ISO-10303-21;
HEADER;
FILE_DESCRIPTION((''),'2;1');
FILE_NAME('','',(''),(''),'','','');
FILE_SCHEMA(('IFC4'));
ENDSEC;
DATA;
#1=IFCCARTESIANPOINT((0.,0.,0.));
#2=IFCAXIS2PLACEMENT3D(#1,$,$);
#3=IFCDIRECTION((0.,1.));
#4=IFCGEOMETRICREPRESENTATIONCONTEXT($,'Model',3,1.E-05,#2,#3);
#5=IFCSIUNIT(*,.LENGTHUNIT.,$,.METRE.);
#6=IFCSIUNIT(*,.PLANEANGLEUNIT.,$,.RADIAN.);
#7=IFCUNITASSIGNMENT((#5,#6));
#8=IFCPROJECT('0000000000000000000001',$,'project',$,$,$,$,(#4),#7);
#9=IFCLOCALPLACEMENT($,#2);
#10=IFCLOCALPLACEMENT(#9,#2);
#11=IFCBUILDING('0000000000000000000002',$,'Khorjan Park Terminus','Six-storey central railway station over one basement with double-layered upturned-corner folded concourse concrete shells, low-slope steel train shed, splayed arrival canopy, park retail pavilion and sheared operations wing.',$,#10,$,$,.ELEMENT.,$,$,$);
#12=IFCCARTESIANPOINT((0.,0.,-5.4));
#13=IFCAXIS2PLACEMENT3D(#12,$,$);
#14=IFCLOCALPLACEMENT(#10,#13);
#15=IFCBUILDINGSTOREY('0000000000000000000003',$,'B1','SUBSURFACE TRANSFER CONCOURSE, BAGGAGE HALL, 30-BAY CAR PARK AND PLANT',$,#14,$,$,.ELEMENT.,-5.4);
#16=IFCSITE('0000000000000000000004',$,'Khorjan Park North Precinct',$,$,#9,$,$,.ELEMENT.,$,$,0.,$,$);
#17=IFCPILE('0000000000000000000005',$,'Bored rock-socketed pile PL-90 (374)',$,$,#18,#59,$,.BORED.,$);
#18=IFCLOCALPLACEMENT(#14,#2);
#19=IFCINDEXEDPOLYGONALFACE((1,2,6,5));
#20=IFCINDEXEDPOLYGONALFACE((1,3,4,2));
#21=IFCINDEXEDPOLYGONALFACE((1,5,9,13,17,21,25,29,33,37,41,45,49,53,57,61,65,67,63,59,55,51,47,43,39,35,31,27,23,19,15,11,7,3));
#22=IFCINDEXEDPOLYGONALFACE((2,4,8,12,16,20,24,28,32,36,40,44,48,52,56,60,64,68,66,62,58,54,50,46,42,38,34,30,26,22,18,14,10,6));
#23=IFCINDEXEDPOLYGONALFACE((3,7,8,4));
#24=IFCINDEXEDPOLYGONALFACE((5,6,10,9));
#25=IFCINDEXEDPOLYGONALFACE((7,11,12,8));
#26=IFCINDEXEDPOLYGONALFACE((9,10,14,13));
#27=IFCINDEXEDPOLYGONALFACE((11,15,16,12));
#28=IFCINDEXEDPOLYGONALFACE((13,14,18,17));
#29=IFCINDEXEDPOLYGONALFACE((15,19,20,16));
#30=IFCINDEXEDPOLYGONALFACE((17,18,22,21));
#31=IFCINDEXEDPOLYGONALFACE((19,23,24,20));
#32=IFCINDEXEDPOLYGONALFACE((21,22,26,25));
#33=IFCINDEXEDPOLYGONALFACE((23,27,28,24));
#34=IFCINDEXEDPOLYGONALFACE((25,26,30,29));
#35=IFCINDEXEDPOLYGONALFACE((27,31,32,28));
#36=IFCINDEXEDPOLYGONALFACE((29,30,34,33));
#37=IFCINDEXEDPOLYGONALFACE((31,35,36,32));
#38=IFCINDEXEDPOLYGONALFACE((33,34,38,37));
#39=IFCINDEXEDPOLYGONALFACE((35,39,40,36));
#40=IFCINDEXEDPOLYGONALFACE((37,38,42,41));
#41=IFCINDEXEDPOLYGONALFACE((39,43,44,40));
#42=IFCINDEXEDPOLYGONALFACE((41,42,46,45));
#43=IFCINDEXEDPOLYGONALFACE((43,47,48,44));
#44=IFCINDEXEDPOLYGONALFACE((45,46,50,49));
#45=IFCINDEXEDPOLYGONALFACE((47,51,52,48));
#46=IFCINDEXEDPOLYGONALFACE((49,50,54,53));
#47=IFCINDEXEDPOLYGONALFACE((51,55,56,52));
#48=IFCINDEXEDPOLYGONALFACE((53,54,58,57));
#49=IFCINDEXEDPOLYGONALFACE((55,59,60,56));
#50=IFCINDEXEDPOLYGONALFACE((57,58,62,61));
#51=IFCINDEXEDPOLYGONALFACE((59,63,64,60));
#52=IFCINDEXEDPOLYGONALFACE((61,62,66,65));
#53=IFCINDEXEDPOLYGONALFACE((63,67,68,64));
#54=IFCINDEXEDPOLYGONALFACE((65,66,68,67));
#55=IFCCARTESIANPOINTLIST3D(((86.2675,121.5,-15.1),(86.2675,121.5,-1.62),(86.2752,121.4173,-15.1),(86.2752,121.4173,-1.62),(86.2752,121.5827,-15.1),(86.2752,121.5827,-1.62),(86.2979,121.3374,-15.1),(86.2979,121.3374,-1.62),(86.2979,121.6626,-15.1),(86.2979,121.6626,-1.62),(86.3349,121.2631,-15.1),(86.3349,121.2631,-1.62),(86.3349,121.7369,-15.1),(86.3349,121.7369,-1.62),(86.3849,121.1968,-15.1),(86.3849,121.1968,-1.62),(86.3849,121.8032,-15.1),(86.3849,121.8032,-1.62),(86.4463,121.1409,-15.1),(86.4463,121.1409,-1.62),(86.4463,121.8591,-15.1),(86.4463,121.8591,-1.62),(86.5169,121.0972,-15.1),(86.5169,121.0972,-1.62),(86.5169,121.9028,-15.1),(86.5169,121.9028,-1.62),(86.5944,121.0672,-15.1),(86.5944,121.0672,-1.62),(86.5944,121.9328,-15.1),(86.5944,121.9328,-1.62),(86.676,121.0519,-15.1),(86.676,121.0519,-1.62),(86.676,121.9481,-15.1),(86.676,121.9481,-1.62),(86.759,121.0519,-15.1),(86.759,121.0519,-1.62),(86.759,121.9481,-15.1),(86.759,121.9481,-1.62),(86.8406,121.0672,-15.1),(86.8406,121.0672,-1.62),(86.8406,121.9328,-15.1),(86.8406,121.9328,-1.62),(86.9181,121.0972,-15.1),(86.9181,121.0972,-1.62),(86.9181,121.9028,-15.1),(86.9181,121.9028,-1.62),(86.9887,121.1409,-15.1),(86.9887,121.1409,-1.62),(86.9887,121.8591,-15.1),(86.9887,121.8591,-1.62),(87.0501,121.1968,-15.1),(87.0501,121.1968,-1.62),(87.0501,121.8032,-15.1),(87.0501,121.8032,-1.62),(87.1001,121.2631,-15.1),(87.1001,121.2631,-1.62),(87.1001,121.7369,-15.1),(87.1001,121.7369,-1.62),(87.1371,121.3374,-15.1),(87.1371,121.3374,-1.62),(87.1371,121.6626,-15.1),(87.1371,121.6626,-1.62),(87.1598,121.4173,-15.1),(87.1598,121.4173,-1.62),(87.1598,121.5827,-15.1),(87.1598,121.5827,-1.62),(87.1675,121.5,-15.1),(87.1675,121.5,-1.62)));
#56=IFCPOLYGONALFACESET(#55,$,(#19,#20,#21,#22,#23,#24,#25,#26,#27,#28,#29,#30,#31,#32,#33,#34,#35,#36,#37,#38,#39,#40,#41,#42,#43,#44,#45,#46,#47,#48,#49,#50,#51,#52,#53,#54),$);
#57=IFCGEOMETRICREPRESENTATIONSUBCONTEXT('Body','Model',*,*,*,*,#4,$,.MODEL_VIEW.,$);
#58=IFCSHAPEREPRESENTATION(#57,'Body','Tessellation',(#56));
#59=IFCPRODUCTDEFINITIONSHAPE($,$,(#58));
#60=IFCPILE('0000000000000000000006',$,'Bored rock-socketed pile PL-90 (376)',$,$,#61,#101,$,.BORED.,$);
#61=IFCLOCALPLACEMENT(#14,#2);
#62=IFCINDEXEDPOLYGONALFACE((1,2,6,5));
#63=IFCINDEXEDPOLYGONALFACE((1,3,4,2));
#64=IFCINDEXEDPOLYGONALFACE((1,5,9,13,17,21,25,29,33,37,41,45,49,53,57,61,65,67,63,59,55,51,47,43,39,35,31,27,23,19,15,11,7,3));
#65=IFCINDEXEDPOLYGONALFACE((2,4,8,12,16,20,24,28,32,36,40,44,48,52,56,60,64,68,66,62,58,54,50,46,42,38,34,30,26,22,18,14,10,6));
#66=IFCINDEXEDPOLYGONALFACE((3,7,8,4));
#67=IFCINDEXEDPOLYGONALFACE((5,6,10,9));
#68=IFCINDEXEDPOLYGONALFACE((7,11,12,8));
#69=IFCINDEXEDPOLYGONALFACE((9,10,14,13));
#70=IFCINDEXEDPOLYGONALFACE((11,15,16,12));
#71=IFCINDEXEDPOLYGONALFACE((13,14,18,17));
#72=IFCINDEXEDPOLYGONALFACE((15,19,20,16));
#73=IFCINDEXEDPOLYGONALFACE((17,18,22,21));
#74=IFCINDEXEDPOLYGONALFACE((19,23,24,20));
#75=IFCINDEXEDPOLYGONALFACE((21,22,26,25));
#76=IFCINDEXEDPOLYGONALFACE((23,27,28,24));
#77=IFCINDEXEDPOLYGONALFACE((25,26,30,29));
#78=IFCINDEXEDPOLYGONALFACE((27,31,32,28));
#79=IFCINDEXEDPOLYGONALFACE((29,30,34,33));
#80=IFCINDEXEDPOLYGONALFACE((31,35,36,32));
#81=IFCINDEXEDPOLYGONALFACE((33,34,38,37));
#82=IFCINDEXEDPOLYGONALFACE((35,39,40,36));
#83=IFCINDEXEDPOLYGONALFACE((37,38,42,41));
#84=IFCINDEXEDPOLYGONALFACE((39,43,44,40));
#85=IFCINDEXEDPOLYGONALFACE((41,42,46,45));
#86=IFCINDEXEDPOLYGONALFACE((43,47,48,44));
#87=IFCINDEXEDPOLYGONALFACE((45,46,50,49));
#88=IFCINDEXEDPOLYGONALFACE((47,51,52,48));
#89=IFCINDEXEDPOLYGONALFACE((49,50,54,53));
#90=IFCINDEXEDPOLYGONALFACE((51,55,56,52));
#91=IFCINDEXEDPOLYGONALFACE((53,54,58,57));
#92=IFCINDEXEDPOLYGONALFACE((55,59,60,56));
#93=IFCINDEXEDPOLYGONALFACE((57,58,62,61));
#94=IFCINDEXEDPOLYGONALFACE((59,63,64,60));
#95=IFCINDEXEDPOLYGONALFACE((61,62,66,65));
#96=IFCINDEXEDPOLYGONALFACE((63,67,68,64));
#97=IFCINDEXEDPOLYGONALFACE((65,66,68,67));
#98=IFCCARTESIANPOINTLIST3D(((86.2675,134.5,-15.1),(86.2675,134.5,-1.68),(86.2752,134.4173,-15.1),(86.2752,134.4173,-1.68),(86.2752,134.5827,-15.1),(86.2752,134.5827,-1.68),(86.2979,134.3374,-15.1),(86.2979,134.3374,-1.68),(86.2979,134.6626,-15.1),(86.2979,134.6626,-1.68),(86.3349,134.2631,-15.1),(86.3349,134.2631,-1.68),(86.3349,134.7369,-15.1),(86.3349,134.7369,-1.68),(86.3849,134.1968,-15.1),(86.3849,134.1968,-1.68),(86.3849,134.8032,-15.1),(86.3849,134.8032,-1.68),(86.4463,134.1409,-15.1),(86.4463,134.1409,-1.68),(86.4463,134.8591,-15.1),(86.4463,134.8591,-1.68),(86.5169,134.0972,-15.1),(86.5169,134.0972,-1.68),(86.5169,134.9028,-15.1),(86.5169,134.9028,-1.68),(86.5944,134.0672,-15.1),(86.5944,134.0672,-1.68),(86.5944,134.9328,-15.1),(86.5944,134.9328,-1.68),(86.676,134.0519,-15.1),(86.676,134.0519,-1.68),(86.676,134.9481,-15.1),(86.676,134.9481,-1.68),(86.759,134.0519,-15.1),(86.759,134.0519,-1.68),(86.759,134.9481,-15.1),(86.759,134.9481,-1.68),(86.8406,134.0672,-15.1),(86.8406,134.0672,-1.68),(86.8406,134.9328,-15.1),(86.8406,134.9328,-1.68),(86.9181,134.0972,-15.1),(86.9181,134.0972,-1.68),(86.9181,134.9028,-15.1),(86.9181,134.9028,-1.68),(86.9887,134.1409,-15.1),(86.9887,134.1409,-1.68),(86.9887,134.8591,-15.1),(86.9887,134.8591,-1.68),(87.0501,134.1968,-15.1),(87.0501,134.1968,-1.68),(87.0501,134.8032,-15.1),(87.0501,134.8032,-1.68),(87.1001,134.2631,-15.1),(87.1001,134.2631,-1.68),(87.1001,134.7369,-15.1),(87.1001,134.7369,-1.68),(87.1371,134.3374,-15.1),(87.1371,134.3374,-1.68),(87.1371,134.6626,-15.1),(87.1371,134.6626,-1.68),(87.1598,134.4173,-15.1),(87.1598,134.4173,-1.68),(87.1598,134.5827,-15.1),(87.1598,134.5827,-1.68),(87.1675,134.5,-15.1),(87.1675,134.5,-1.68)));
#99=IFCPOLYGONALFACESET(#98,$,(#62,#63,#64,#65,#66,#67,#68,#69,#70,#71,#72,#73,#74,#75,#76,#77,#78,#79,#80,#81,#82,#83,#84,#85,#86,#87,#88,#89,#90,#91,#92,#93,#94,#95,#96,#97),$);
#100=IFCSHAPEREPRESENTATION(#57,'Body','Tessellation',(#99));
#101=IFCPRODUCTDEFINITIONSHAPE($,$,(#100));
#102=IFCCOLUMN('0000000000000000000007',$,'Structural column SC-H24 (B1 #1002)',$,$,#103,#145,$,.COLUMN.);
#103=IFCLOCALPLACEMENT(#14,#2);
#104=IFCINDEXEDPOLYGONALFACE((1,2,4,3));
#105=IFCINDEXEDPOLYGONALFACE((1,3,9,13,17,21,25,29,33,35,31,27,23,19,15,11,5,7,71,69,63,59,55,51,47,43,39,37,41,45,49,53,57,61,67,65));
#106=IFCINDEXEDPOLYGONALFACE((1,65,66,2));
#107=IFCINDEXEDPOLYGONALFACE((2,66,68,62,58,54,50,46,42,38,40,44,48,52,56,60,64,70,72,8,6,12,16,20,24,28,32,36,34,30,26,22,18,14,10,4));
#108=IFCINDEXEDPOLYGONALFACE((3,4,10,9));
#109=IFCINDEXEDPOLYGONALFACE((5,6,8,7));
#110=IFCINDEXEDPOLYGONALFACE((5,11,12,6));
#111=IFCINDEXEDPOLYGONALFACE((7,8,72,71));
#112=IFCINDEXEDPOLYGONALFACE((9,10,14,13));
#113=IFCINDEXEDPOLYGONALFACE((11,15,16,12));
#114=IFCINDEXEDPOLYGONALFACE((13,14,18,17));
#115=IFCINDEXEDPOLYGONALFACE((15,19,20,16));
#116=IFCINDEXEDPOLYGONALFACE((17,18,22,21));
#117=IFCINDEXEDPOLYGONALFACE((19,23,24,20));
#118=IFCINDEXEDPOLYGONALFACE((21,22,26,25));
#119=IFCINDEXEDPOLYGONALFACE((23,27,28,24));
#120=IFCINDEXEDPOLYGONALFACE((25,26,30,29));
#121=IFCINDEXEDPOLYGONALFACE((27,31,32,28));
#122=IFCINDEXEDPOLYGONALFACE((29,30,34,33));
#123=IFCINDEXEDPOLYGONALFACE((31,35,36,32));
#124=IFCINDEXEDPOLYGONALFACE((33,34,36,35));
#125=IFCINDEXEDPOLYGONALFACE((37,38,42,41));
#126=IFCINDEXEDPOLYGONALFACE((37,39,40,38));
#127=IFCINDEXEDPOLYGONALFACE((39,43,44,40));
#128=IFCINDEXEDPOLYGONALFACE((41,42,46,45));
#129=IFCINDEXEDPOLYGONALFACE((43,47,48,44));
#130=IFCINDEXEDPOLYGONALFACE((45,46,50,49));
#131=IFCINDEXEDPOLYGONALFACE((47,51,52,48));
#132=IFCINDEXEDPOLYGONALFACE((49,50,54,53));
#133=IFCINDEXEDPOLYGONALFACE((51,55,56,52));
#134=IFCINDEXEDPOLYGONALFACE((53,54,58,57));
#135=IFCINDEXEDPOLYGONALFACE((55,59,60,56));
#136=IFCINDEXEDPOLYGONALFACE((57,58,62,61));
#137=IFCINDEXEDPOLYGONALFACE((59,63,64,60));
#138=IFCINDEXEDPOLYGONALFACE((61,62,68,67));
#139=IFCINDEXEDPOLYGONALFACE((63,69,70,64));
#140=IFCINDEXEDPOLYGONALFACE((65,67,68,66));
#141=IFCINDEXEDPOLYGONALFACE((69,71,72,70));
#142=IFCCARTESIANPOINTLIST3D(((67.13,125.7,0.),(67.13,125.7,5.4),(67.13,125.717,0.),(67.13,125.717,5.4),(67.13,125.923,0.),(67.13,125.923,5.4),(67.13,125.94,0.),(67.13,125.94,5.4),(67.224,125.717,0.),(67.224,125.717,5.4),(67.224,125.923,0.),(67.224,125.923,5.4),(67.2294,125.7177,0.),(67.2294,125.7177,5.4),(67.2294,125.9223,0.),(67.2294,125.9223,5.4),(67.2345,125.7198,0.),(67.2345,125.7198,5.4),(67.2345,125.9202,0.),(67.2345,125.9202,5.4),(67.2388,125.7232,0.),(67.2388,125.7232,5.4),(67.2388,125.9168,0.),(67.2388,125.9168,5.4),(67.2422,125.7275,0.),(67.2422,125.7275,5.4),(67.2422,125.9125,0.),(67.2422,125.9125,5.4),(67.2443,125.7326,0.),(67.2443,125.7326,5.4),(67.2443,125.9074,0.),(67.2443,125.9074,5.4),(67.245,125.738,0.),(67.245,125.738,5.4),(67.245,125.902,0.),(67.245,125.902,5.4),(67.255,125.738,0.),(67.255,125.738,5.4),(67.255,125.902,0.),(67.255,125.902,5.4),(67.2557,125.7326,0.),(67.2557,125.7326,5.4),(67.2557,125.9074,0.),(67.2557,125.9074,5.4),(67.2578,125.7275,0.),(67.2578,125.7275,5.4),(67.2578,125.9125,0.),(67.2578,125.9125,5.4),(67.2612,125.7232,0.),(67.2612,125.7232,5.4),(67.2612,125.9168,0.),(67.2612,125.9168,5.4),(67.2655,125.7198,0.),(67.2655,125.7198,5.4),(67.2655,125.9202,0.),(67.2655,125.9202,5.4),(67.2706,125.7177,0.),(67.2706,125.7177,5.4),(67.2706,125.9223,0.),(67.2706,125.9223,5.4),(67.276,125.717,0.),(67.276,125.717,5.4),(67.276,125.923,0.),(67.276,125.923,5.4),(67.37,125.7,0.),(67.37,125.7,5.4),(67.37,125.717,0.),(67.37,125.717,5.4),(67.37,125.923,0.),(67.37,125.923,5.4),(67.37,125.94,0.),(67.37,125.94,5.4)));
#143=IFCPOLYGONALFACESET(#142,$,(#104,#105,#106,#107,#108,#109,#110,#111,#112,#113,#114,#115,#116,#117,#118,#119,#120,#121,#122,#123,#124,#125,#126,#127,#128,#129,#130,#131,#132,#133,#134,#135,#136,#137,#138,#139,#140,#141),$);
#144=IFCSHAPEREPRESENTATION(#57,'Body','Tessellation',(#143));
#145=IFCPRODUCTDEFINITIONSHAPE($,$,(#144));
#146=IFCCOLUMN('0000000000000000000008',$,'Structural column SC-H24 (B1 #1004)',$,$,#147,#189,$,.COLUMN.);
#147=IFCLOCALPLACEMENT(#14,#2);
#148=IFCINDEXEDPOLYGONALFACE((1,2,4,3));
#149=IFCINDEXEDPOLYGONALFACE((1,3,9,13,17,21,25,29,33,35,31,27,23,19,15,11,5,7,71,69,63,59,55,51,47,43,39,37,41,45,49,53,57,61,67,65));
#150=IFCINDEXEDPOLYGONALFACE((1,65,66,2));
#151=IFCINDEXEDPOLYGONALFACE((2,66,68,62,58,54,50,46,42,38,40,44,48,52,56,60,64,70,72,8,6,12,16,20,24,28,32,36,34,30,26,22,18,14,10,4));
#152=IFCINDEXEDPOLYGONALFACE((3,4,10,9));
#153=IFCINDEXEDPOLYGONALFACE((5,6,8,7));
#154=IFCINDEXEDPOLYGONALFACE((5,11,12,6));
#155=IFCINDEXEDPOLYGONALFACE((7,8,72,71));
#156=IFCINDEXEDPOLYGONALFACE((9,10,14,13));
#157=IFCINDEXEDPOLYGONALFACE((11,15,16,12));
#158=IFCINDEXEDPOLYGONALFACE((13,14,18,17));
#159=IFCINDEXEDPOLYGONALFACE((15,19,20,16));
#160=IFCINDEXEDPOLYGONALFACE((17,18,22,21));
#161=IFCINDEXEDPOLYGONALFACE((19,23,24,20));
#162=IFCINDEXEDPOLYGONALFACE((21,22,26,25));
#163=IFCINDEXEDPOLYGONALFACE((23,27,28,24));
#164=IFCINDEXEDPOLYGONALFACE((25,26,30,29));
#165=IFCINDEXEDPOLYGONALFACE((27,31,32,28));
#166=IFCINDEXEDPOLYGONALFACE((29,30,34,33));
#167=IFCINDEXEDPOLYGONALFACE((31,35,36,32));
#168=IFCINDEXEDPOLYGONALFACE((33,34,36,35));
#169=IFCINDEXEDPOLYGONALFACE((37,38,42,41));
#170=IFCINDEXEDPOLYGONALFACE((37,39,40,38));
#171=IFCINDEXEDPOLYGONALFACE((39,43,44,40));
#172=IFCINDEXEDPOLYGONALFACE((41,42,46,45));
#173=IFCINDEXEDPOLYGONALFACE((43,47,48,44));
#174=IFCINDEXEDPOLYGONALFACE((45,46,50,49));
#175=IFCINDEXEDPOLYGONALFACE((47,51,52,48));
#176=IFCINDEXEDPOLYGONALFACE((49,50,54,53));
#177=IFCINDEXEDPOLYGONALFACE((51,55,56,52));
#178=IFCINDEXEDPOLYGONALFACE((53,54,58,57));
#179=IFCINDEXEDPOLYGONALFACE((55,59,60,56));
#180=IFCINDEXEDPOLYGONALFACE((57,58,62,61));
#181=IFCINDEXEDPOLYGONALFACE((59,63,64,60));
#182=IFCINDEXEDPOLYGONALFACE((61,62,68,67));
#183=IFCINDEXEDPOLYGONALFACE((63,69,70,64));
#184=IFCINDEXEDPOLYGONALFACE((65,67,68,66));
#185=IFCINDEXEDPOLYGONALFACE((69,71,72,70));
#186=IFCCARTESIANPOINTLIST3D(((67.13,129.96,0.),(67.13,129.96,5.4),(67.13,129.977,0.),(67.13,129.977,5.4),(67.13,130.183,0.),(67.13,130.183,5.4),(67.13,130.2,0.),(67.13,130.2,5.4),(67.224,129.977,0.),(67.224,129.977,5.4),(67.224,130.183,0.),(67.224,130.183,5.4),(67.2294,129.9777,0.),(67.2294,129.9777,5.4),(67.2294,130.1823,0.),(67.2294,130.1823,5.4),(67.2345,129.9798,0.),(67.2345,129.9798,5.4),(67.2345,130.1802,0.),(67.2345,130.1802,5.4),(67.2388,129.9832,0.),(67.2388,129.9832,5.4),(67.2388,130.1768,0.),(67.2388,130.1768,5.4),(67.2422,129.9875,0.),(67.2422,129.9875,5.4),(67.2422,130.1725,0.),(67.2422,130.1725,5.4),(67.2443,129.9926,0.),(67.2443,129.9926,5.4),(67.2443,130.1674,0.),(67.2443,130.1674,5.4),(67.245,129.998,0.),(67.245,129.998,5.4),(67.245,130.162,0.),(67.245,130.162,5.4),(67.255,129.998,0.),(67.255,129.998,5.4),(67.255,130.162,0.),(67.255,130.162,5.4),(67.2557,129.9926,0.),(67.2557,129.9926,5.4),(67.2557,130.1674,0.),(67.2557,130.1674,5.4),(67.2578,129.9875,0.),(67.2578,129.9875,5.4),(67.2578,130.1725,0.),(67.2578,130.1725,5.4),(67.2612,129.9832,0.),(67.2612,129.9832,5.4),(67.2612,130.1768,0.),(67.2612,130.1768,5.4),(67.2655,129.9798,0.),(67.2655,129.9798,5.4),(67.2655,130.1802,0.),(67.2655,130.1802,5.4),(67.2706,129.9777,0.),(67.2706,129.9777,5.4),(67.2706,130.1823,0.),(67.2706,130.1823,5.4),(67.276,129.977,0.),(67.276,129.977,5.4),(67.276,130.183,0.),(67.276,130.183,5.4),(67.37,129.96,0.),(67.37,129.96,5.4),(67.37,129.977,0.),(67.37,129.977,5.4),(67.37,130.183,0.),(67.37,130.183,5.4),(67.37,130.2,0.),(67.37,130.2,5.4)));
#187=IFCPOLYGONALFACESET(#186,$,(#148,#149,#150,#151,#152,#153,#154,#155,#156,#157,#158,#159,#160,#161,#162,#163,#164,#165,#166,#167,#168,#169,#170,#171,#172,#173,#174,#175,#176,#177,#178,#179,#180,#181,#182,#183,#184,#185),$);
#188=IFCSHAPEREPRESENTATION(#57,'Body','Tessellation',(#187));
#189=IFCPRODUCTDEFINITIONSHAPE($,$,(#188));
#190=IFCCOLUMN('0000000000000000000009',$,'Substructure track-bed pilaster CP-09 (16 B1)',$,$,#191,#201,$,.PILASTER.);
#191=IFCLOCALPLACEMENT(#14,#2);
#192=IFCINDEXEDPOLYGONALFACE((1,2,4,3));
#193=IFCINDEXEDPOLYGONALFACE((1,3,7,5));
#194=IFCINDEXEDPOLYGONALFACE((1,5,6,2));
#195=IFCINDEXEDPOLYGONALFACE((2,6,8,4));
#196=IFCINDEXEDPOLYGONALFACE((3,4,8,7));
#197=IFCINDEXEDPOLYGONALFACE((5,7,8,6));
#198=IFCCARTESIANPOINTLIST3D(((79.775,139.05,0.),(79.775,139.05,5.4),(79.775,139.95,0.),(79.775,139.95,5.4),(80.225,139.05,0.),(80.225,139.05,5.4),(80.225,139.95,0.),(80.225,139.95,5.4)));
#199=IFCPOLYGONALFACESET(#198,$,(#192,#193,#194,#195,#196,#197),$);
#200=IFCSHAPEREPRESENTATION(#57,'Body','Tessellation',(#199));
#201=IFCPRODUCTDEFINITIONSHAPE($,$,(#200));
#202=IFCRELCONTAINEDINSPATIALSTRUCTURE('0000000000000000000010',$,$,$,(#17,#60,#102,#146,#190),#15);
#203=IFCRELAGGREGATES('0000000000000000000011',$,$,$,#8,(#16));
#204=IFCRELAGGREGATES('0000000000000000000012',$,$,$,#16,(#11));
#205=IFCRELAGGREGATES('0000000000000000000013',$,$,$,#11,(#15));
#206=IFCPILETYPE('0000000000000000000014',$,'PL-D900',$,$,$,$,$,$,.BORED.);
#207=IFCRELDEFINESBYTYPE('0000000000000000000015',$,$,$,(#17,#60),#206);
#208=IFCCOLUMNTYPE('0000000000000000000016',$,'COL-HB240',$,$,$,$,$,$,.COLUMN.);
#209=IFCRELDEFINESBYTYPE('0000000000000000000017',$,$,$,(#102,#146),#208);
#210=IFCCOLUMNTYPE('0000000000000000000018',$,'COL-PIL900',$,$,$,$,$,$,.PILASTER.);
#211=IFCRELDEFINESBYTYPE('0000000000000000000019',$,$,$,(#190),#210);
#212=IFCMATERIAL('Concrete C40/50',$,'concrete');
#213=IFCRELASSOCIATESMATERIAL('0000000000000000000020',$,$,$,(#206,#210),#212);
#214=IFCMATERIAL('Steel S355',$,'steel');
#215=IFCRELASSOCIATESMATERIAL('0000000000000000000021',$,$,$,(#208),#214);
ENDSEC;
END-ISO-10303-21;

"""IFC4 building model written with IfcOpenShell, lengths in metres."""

from ifc_helpers import new_model, si_unit, direction, frame, origin, origin_2d, place, context, subcontext, project, spatial, rectangle, circle, i_section, extrude, material, material_profile, profile_set, type_object, element, save


model = new_model("IFC4")

# Units and contexts
model_context = context("Model", 3, precision=1e-05, world=origin(), true_north=direction((0.0, 1.0)))
body_context = subcontext(model_context, "Body", "Model", "MODEL_VIEW")
ifc_project = project(units=[si_unit("LENGTHUNIT", "METRE"), si_unit("PLANEANGLEUNIT", "RADIAN")], contexts=[model_context])

# Site, building, storey
site_placement = place(None, origin())
site = spatial("IfcSite", under=ifc_project, at=site_placement, Name="Khorjan Park North Precinct", CompositionType="ELEMENT", RefElevation=0.0)
building_placement = place(site_placement, origin())
building = spatial("IfcBuilding", under=site, at=building_placement, Name="Khorjan Park Terminus", Description="Six-storey central railway station over one basement with double-layered upturned-corner folded concourse concrete shells, low-slope steel train shed, splayed arrival canopy, park retail pavilion and sheared operations wing.", CompositionType="ELEMENT")
storey_placement = place(building_placement, frame((0.0, 0.0, -5.4)))
storey = spatial("IfcBuildingStorey", under=building, at=storey_placement, Name="B1", Description="SUBSURFACE TRANSFER CONCOURSE, BAGGAGE HALL, 30-BAY CAR PARK AND PLANT", CompositionType="ELEMENT", Elevation=-5.4)

# Shared definitions
ifc_material_1 = material(Name="Concrete C40/50", Category="concrete")

# Piles
ifc_material_profile_1 = material_profile(ifc_material_1, circle(Radius=0.45, at=origin_2d()), Name="BORED D900")
ifc_profile_set_1 = profile_set([ifc_material_profile_1], Name="Concrete C40/50")
pile_type_1 = type_object("IfcPileType", Name="PL-D900", PredefinedType="BORED", material=ifc_profile_set_1)
pile_1_placement = place(storey_placement, frame((86.7175, 121.5, -1.62), z_axis=(0.0, 0.0, -1.0), x_axis=(1.0, 0.0, 0.0)))
element("IfcPile", 1, at=pile_1_placement, inside=storey, type_object=pile_type_1, Name="Bored rock-socketed pile PL-90 (374)", PredefinedType="BORED", context=body_context, shape_type="SweptSolid", body=[
    extrude(circle(Radius=0.45, at=origin_2d()), origin(), (0.0, 0.0, 1.0), 13.48),
])
pile_2_placement = place(storey_placement, frame((86.7175, 134.5, -1.68), z_axis=(0.0, 0.0, -1.0), x_axis=(1.0, 0.0, 0.0)))
element("IfcPile", 2, at=pile_2_placement, inside=storey, type_object=pile_type_1, Name="Bored rock-socketed pile PL-90 (376)", PredefinedType="BORED", context=body_context, shape_type="SweptSolid", body=[
    extrude(circle(Radius=0.45, at=origin_2d()), origin(), (0.0, 0.0, 1.0), 13.42),
])

# Columns
ifc_material_2 = material(Name="Steel S355", Category="steel")
ifc_material_profile_2 = material_profile(ifc_material_2, i_section(OverallWidth=0.24, OverallDepth=0.24, WebThickness=0.01, FlangeThickness=0.017, FilletRadius=0.021, at=origin_2d()), Name="HEB 240")
ifc_profile_set_2 = profile_set([ifc_material_profile_2], Name="Steel S355")
column_type_1 = type_object("IfcColumnType", Name="COL-HB240", PredefinedType="COLUMN", material=ifc_profile_set_2)
for number, where, z_axis, x_axis, name in (
    (3, (67.25, 125.82, 0.0), (0.0, 0.0, 1.0), (1.0, 0.0, 0.0), "Structural column SC-H24 (B1 #1002)"),
    (4, (67.25, 130.08, 0.0), (0.0, 0.0, 1.0), (1.0, 0.0, 0.0), "Structural column SC-H24 (B1 #1004)"),
):
    element("IfcColumn", number, at=place(storey_placement, frame(where, z_axis=z_axis, x_axis=x_axis)), inside=storey, type_object=column_type_1, Name=name, PredefinedType="COLUMN", context=body_context, shape_type="SweptSolid", body=[
        extrude(i_section(OverallWidth=0.24, OverallDepth=0.24, WebThickness=0.01, FlangeThickness=0.017, FilletRadius=0.021, at=origin_2d()), origin(), (0.0, 0.0, 1.0), 5.4),
    ])
ifc_material_profile_3 = material_profile(ifc_material_1, rectangle(XDim=0.45, YDim=0.9, at=origin_2d()), Name="RC 450x900")
ifc_profile_set_3 = profile_set([ifc_material_profile_3], Name="Concrete C40/50")
column_type_2 = type_object("IfcColumnType", Name="COL-PIL900", PredefinedType="PILASTER", material=ifc_profile_set_3)
column_1_placement = place(storey_placement, frame((80.0, 139.5, 0.0), z_axis=(0.0, 0.0, 1.0), x_axis=(1.0, 0.0, 0.0)))
element("IfcColumn", 5, at=column_1_placement, inside=storey, type_object=column_type_2, Name="Substructure track-bed pilaster CP-09 (16 B1)", PredefinedType="PILASTER", context=body_context, shape_type="SweptSolid", body=[
    extrude(rectangle(XDim=0.45, YDim=0.9, at=origin_2d()), origin(), (0.0, 0.0, 1.0), 5.4),
])

save(model, "model.ifc")
